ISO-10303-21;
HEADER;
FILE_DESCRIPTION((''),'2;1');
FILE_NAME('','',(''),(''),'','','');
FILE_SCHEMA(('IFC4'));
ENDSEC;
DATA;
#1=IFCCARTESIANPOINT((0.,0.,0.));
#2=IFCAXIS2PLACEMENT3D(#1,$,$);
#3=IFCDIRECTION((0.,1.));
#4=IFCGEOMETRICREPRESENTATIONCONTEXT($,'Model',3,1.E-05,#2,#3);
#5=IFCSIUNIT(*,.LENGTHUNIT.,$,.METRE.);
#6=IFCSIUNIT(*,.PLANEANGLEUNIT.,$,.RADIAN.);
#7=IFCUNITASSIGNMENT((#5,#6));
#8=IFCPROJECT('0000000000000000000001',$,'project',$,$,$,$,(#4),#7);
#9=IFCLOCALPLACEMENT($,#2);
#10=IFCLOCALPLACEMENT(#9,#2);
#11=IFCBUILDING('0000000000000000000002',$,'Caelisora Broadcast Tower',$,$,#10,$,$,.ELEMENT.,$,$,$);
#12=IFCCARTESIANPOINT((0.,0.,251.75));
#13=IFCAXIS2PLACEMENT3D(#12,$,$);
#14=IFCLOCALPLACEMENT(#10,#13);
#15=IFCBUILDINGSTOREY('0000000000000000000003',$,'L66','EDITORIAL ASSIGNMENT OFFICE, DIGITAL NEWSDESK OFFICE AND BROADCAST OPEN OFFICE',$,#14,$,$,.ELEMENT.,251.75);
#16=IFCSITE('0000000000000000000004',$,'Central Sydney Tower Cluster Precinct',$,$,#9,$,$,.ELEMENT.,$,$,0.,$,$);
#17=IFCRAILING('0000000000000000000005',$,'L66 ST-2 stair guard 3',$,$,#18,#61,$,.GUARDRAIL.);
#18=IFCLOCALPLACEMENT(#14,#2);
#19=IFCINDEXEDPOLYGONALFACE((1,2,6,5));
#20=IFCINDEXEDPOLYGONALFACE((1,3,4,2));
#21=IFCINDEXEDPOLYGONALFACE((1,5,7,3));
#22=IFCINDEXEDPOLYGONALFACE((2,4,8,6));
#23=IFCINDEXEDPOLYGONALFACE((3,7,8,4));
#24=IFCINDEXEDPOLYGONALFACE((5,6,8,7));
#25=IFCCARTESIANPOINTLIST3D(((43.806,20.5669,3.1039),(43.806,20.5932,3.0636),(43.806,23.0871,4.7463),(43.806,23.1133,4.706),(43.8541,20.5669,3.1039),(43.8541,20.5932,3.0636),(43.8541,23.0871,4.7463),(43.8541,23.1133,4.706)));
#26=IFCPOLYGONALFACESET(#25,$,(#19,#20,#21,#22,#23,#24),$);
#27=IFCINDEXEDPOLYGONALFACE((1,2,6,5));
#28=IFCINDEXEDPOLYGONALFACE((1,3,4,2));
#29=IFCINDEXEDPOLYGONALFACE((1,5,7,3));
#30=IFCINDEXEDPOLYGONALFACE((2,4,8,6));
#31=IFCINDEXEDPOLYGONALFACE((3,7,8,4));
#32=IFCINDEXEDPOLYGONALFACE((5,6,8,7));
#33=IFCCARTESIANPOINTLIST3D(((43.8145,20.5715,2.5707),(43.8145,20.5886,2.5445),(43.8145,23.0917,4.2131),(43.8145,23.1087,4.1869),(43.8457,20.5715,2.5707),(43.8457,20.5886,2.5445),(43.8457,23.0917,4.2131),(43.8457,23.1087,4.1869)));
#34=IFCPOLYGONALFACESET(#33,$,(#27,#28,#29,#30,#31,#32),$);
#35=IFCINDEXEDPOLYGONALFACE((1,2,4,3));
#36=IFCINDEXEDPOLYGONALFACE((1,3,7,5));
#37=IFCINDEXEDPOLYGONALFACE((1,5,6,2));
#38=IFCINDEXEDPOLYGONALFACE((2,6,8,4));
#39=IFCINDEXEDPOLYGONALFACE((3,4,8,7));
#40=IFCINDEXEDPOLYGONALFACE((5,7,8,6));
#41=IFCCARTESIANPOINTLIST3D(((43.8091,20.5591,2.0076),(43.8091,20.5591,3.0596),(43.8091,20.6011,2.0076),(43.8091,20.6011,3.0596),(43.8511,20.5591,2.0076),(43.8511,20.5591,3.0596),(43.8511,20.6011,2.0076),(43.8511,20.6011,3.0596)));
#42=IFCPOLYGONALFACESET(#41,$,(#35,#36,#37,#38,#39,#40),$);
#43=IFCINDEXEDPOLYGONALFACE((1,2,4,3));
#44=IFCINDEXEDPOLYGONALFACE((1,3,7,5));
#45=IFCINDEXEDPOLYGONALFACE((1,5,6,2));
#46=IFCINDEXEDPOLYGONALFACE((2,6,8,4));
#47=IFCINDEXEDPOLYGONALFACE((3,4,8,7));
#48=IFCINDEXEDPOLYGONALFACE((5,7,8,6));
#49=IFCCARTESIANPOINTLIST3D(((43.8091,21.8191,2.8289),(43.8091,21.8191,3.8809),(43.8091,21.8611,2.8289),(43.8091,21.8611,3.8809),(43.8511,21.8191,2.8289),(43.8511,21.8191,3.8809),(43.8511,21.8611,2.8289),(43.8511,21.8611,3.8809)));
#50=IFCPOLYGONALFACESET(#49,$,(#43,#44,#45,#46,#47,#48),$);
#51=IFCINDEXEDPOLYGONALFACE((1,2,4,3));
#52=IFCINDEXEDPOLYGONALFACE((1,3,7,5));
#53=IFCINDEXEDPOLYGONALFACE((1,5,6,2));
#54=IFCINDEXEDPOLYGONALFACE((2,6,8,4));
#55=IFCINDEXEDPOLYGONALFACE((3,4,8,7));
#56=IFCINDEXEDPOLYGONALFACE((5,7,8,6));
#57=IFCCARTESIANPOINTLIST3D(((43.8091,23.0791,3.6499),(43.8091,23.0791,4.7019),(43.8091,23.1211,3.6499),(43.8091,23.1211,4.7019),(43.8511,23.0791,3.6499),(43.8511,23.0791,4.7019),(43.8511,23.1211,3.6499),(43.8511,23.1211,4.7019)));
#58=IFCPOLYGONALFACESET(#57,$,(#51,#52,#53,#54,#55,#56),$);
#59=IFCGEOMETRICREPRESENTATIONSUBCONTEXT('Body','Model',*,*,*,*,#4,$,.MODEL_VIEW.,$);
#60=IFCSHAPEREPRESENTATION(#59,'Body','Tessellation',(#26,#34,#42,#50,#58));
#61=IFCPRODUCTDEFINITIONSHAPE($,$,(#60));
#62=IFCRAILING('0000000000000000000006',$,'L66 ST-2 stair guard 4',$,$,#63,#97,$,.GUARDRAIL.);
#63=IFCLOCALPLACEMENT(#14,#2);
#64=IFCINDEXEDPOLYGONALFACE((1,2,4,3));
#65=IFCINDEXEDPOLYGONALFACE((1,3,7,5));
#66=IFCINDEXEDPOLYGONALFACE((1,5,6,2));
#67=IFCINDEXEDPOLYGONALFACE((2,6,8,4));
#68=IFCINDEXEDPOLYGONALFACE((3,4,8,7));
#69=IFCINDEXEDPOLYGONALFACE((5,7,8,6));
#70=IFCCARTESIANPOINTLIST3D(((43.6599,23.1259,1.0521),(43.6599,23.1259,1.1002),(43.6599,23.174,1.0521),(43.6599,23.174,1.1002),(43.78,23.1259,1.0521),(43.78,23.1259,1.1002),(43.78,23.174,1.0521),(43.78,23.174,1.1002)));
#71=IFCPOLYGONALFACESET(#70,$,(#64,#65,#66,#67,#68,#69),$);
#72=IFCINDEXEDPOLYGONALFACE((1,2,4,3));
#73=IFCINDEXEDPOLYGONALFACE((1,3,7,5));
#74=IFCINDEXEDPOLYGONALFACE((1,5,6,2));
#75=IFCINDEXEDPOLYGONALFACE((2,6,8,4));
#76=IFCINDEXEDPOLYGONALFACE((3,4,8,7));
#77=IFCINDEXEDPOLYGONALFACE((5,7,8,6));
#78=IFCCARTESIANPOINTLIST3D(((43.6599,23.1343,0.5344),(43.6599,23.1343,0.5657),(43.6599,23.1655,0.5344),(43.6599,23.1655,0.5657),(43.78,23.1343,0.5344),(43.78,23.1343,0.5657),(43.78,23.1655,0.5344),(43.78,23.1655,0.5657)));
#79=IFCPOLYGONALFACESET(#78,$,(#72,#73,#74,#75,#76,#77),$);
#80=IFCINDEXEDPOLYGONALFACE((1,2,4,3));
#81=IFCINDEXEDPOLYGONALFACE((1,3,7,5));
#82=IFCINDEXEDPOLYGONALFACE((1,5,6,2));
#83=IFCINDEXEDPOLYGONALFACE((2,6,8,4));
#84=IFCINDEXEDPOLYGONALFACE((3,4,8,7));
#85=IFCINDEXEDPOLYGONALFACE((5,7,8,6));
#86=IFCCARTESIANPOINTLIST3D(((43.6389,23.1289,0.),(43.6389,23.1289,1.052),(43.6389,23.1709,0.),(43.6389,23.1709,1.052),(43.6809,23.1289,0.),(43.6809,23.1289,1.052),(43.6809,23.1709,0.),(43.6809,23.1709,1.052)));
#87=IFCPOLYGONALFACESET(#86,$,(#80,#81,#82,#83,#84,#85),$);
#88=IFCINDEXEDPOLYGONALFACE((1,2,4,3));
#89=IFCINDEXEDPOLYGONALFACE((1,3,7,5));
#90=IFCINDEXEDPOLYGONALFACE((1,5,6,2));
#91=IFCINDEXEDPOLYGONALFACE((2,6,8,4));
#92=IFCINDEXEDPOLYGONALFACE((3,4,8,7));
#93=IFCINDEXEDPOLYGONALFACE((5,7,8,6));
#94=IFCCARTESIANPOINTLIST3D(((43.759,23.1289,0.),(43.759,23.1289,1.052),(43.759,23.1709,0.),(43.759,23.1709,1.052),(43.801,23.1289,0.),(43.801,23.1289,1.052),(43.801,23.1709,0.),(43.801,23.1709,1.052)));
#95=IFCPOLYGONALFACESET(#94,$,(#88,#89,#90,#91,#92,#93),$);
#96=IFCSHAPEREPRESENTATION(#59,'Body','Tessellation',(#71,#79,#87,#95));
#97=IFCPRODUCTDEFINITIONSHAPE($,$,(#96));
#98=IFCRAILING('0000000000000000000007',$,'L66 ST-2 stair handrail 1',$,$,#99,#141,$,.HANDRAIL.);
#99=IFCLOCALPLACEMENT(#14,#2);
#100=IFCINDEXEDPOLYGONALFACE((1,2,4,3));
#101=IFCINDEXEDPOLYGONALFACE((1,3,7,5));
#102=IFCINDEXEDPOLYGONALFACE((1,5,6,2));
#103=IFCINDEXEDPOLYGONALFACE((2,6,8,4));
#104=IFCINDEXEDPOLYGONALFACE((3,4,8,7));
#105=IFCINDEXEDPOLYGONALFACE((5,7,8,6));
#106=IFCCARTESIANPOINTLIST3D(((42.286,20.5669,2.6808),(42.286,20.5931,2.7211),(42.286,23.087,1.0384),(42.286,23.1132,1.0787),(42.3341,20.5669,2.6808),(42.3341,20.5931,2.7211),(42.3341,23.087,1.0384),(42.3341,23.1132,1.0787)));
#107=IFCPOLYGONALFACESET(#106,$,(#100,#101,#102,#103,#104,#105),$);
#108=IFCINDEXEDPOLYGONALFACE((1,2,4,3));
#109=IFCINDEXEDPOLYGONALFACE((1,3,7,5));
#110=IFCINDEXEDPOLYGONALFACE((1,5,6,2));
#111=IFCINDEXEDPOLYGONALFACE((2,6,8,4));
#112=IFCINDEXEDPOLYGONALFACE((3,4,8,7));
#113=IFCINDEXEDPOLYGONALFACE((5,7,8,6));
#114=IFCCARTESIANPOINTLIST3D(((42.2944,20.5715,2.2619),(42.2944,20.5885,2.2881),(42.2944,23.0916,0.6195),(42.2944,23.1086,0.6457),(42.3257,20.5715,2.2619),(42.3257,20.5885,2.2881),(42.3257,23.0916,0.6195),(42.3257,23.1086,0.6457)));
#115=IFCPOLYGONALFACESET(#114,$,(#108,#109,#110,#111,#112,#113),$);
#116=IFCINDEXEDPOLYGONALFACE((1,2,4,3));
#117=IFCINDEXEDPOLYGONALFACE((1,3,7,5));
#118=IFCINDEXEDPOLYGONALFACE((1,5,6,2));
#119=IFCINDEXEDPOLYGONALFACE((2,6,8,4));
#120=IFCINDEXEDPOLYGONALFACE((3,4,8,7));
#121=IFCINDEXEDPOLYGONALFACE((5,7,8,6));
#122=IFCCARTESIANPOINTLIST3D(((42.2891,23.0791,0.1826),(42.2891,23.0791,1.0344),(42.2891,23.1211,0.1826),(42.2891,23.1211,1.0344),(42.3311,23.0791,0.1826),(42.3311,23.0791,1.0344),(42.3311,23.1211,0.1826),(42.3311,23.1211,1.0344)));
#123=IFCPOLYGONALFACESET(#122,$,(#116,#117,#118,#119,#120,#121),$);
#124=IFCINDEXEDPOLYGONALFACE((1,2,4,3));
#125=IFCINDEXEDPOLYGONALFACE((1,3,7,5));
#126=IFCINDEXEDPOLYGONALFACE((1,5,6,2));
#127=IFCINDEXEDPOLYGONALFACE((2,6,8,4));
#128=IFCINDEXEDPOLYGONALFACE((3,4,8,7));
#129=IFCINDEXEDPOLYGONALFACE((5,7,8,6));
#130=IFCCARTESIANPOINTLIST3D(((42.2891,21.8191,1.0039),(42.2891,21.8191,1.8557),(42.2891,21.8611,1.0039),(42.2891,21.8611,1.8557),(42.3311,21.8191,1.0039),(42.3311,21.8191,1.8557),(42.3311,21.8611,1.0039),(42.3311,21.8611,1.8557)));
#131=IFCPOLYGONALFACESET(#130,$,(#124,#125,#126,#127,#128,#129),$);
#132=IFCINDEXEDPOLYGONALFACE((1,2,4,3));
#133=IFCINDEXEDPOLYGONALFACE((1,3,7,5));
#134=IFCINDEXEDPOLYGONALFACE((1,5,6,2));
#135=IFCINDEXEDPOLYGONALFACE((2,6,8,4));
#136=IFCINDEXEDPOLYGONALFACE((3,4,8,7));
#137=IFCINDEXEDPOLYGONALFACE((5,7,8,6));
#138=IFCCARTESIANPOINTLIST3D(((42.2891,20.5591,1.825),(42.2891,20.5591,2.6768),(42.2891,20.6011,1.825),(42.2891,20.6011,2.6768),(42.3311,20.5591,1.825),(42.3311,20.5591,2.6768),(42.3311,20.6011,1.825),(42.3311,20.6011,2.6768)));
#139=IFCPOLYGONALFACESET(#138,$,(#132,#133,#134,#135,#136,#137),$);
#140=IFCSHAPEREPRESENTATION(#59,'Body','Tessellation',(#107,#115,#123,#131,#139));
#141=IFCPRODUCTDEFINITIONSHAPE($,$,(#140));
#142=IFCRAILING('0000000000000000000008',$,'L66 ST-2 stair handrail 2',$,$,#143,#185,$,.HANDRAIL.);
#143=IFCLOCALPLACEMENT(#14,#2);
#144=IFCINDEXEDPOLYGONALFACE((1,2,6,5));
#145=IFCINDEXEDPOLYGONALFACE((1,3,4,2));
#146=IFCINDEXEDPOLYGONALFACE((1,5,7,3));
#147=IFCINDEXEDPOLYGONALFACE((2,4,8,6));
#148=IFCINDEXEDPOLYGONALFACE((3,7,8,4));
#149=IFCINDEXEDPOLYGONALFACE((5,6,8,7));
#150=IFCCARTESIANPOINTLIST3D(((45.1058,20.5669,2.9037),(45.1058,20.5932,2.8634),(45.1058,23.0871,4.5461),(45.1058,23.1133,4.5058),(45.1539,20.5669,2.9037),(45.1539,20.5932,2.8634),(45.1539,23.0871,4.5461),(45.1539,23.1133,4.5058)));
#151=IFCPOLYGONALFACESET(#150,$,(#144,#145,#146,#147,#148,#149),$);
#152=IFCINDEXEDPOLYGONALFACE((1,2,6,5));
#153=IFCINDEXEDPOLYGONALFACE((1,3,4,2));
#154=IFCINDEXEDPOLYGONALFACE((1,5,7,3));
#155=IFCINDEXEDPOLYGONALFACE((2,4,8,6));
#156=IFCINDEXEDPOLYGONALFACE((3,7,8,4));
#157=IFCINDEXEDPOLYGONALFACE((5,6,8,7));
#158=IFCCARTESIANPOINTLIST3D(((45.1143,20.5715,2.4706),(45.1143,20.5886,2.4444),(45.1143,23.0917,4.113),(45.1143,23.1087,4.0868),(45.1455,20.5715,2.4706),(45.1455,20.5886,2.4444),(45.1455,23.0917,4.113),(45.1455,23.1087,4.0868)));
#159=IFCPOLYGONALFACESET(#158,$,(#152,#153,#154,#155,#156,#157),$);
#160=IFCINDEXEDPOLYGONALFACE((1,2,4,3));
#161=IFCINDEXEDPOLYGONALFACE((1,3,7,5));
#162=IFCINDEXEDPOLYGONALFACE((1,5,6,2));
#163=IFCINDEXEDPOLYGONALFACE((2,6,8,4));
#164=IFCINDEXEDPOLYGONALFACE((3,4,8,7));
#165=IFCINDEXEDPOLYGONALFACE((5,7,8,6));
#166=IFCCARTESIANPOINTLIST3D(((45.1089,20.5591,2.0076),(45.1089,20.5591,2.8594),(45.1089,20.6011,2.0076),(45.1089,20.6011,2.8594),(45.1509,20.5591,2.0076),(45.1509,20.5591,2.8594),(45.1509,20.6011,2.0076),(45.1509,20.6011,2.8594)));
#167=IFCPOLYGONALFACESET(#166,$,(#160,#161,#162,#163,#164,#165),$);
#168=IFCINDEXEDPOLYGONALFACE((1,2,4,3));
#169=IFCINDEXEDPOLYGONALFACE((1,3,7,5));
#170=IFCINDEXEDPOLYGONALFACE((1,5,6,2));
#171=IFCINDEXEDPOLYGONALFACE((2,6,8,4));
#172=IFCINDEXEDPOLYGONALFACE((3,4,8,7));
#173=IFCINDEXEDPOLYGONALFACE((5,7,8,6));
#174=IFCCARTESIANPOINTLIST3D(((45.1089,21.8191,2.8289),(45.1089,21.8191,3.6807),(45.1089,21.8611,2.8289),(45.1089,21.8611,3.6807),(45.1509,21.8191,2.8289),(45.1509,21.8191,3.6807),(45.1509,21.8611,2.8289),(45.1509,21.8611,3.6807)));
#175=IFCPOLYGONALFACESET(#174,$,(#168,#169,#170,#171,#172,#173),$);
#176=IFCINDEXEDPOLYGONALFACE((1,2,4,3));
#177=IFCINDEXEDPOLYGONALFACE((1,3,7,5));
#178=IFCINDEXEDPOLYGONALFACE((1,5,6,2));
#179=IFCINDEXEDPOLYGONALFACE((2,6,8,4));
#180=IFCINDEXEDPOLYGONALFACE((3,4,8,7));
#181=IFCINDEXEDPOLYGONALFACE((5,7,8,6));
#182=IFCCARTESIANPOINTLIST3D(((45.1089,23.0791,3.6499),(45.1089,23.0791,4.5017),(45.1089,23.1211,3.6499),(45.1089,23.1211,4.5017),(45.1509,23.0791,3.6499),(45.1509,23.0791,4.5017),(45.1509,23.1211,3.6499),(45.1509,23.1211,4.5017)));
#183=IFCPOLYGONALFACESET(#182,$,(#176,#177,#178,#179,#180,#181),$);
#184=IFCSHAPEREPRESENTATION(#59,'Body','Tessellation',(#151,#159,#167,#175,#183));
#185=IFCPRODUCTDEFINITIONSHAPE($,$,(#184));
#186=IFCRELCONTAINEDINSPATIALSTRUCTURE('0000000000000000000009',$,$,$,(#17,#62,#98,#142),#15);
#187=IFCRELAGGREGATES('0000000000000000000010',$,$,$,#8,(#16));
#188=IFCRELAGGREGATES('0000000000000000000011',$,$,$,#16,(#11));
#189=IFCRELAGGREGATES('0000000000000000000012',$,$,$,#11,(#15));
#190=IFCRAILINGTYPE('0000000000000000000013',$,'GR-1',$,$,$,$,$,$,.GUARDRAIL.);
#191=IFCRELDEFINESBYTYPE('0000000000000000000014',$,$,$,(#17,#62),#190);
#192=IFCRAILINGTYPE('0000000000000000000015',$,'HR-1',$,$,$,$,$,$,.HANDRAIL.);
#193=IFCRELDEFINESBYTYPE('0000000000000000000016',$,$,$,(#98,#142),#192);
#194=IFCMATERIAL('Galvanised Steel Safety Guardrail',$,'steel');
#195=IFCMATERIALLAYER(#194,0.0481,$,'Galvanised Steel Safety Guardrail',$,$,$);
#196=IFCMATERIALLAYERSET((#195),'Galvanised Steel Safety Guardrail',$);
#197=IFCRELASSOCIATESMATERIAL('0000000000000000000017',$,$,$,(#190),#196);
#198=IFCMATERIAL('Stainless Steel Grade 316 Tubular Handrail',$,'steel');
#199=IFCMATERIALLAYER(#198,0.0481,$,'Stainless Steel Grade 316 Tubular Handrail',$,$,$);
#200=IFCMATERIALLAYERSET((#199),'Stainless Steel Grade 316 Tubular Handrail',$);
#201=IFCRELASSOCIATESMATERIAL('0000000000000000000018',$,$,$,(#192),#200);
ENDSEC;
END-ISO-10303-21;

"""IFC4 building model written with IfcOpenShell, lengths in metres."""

from ifc_helpers import new_model, si_unit, direction, frame, origin, origin_2d, place, context, subcontext, project, spatial, rectangle, extrude, material, layer, layer_set, type_object, element, save


model = new_model("IFC4")

# Units and contexts
model_context = context("Model", 3, precision=1e-05, world=origin(), true_north=direction((0.0, 1.0)))
body_context = subcontext(model_context, "Body", "Model", "MODEL_VIEW")
ifc_project = project(units=[si_unit("LENGTHUNIT", "METRE"), si_unit("PLANEANGLEUNIT", "RADIAN")], contexts=[model_context])

# Site, building, storey
site_placement = place(None, origin())
site = spatial("IfcSite", under=ifc_project, at=site_placement, Name="Central Sydney Tower Cluster Precinct", CompositionType="ELEMENT", RefElevation=0.0)
building_placement = place(site_placement, origin())
building = spatial("IfcBuilding", under=site, at=building_placement, Name="Caelisora Broadcast Tower", CompositionType="ELEMENT")
storey_placement = place(building_placement, frame((0.0, 0.0, 251.75)))
storey = spatial("IfcBuildingStorey", under=building, at=storey_placement, Name="L66", Description="EDITORIAL ASSIGNMENT OFFICE, DIGITAL NEWSDESK OFFICE AND BROADCAST OPEN OFFICE", CompositionType="ELEMENT", Elevation=251.75)

# Railings
ifc_material_1 = material(Name="Galvanised Steel Safety Guardrail", Category="steel")
ifc_layer_1 = layer(ifc_material_1, 0.0481, Name="Galvanised Steel Safety Guardrail")
ifc_layer_set_1 = layer_set([ifc_layer_1], Name="Galvanised Steel Safety Guardrail")
railing_type_1 = type_object("IfcRailingType", Name="GR-1", PredefinedType="GUARDRAIL", material=ifc_layer_set_1)
railing_1_placement = place(storey_placement, frame((43.8301, 20.5801, 2.0076)))
element("IfcRailing", 1, at=railing_1_placement, inside=storey, type_object=railing_type_1, Name="L66 ST-2 stair guard 3", PredefinedType="GUARDRAIL", context=body_context, shape_type="SweptSolid", body=[
    extrude(rectangle(XDim=0.0481, YDim=0.0481, at=origin_2d()), frame((0.0, 0.0, 1.0762), z_axis=(0.0, 0.837787, 0.545998), x_axis=(-1.0, 0.0, 0.0)), (0.0, 0.0, 1.0), 3.0081),
    extrude(rectangle(XDim=0.0312, YDim=0.0312, at=origin_2d()), frame((0.0, 0.0, 0.55), z_axis=(0.0, 0.837787, 0.545998), x_axis=(-1.0, 0.0, 0.0)), (0.0, 0.0, 1.0), 3.0081),
    extrude(rectangle(XDim=0.042, YDim=0.042, at=origin_2d()), origin(), (0.0, 0.0, 1.0), 1.052),
    extrude(rectangle(XDim=0.042, YDim=0.042, at=origin_2d()), frame((0.0, 1.26, 0.8213)), (0.0, 0.0, 1.0), 1.052),
    extrude(rectangle(XDim=0.042, YDim=0.042, at=origin_2d()), frame((0.0, 2.52, 1.6423)), (0.0, 0.0, 1.0), 1.052),
])
railing_2_placement = place(storey_placement, frame((43.6599, 23.1499, 0.0)))
element("IfcRailing", 2, at=railing_2_placement, inside=storey, type_object=railing_type_1, Name="L66 ST-2 stair guard 4", PredefinedType="GUARDRAIL", context=body_context, shape_type="SweptSolid", body=[
    extrude(rectangle(XDim=0.0481, YDim=0.0481, at=origin_2d()), frame((0.0, 0.0, 1.0762), z_axis=(1.0, 0.0, 0.0), x_axis=(0.0, 1.0, 0.0)), (0.0, 0.0, 1.0), 0.1201),
    extrude(rectangle(XDim=0.0312, YDim=0.0312, at=origin_2d()), frame((0.0, 0.0, 0.55), z_axis=(1.0, 0.0, 0.0), x_axis=(0.0, 1.0, 0.0)), (0.0, 0.0, 1.0), 0.1201),
    extrude(rectangle(XDim=0.042, YDim=0.042, at=origin_2d()), origin(), (0.0, 0.0, 1.0), 1.052),
    extrude(rectangle(XDim=0.042, YDim=0.042, at=origin_2d()), frame((0.1201, 0.0, 0.0)), (0.0, 0.0, 1.0), 1.052),
])
ifc_material_2 = material(Name="Stainless Steel Grade 316 Tubular Handrail", Category="steel")
ifc_layer_2 = layer(ifc_material_2, 0.0481, Name="Stainless Steel Grade 316 Tubular Handrail")
ifc_layer_set_2 = layer_set([ifc_layer_2], Name="Stainless Steel Grade 316 Tubular Handrail")
railing_type_2 = type_object("IfcRailingType", Name="HR-1", PredefinedType="HANDRAIL", material=ifc_layer_set_2)
railing_3_placement = place(storey_placement, frame((42.3101, 23.1001, 0.1826)))
element("IfcRailing", 3, at=railing_3_placement, inside=storey, type_object=railing_type_2, Name="L66 ST-2 stair handrail 1", PredefinedType="HANDRAIL", context=body_context, shape_type="SweptSolid", body=[
    extrude(rectangle(XDim=0.0481, YDim=0.0481, at=origin_2d()), frame((0.0, 0.0, 0.876), z_axis=(0.0, -0.837787, 0.545998), x_axis=(1.0, 0.0, 0.0)), (0.0, 0.0, 1.0), 3.0081),
    extrude(rectangle(XDim=0.0312, YDim=0.0312, at=origin_2d()), frame((0.0, 0.0, 0.45), z_axis=(0.0, -0.837787, 0.545998), x_axis=(1.0, 0.0, 0.0)), (0.0, 0.0, 1.0), 3.0081),
    extrude(rectangle(XDim=0.042, YDim=0.042, at=origin_2d()), origin(), (0.0, 0.0, 1.0), 0.8518),
    extrude(rectangle(XDim=0.042, YDim=0.042, at=origin_2d()), frame((0.0, -1.26, 0.8213)), (0.0, 0.0, 1.0), 0.8518),
    extrude(rectangle(XDim=0.042, YDim=0.042, at=origin_2d()), frame((0.0, -2.52, 1.6423)), (0.0, 0.0, 1.0), 0.8518),
])
railing_4_placement = place(storey_placement, frame((45.1299, 20.5801, 2.0076)))
element("IfcRailing", 4, at=railing_4_placement, inside=storey, type_object=railing_type_2, Name="L66 ST-2 stair handrail 2", PredefinedType="HANDRAIL", context=body_context, shape_type="SweptSolid", body=[
    extrude(rectangle(XDim=0.0481, YDim=0.0481, at=origin_2d()), frame((0.0, 0.0, 0.876), z_axis=(0.0, 0.837787, 0.545998), x_axis=(-1.0, 0.0, 0.0)), (0.0, 0.0, 1.0), 3.0081),
    extrude(rectangle(XDim=0.0312, YDim=0.0312, at=origin_2d()), frame((0.0, 0.0, 0.45), z_axis=(0.0, 0.837787, 0.545998), x_axis=(-1.0, 0.0, 0.0)), (0.0, 0.0, 1.0), 3.0081),
    extrude(rectangle(XDim=0.042, YDim=0.042, at=origin_2d()), origin(), (0.0, 0.0, 1.0), 0.8518),
    extrude(rectangle(XDim=0.042, YDim=0.042, at=origin_2d()), frame((0.0, 1.26, 0.8213)), (0.0, 0.0, 1.0), 0.8518),
    extrude(rectangle(XDim=0.042, YDim=0.042, at=origin_2d()), frame((0.0, 2.52, 1.6423)), (0.0, 0.0, 1.0), 0.8518),
])

save(model, "model.ifc")
